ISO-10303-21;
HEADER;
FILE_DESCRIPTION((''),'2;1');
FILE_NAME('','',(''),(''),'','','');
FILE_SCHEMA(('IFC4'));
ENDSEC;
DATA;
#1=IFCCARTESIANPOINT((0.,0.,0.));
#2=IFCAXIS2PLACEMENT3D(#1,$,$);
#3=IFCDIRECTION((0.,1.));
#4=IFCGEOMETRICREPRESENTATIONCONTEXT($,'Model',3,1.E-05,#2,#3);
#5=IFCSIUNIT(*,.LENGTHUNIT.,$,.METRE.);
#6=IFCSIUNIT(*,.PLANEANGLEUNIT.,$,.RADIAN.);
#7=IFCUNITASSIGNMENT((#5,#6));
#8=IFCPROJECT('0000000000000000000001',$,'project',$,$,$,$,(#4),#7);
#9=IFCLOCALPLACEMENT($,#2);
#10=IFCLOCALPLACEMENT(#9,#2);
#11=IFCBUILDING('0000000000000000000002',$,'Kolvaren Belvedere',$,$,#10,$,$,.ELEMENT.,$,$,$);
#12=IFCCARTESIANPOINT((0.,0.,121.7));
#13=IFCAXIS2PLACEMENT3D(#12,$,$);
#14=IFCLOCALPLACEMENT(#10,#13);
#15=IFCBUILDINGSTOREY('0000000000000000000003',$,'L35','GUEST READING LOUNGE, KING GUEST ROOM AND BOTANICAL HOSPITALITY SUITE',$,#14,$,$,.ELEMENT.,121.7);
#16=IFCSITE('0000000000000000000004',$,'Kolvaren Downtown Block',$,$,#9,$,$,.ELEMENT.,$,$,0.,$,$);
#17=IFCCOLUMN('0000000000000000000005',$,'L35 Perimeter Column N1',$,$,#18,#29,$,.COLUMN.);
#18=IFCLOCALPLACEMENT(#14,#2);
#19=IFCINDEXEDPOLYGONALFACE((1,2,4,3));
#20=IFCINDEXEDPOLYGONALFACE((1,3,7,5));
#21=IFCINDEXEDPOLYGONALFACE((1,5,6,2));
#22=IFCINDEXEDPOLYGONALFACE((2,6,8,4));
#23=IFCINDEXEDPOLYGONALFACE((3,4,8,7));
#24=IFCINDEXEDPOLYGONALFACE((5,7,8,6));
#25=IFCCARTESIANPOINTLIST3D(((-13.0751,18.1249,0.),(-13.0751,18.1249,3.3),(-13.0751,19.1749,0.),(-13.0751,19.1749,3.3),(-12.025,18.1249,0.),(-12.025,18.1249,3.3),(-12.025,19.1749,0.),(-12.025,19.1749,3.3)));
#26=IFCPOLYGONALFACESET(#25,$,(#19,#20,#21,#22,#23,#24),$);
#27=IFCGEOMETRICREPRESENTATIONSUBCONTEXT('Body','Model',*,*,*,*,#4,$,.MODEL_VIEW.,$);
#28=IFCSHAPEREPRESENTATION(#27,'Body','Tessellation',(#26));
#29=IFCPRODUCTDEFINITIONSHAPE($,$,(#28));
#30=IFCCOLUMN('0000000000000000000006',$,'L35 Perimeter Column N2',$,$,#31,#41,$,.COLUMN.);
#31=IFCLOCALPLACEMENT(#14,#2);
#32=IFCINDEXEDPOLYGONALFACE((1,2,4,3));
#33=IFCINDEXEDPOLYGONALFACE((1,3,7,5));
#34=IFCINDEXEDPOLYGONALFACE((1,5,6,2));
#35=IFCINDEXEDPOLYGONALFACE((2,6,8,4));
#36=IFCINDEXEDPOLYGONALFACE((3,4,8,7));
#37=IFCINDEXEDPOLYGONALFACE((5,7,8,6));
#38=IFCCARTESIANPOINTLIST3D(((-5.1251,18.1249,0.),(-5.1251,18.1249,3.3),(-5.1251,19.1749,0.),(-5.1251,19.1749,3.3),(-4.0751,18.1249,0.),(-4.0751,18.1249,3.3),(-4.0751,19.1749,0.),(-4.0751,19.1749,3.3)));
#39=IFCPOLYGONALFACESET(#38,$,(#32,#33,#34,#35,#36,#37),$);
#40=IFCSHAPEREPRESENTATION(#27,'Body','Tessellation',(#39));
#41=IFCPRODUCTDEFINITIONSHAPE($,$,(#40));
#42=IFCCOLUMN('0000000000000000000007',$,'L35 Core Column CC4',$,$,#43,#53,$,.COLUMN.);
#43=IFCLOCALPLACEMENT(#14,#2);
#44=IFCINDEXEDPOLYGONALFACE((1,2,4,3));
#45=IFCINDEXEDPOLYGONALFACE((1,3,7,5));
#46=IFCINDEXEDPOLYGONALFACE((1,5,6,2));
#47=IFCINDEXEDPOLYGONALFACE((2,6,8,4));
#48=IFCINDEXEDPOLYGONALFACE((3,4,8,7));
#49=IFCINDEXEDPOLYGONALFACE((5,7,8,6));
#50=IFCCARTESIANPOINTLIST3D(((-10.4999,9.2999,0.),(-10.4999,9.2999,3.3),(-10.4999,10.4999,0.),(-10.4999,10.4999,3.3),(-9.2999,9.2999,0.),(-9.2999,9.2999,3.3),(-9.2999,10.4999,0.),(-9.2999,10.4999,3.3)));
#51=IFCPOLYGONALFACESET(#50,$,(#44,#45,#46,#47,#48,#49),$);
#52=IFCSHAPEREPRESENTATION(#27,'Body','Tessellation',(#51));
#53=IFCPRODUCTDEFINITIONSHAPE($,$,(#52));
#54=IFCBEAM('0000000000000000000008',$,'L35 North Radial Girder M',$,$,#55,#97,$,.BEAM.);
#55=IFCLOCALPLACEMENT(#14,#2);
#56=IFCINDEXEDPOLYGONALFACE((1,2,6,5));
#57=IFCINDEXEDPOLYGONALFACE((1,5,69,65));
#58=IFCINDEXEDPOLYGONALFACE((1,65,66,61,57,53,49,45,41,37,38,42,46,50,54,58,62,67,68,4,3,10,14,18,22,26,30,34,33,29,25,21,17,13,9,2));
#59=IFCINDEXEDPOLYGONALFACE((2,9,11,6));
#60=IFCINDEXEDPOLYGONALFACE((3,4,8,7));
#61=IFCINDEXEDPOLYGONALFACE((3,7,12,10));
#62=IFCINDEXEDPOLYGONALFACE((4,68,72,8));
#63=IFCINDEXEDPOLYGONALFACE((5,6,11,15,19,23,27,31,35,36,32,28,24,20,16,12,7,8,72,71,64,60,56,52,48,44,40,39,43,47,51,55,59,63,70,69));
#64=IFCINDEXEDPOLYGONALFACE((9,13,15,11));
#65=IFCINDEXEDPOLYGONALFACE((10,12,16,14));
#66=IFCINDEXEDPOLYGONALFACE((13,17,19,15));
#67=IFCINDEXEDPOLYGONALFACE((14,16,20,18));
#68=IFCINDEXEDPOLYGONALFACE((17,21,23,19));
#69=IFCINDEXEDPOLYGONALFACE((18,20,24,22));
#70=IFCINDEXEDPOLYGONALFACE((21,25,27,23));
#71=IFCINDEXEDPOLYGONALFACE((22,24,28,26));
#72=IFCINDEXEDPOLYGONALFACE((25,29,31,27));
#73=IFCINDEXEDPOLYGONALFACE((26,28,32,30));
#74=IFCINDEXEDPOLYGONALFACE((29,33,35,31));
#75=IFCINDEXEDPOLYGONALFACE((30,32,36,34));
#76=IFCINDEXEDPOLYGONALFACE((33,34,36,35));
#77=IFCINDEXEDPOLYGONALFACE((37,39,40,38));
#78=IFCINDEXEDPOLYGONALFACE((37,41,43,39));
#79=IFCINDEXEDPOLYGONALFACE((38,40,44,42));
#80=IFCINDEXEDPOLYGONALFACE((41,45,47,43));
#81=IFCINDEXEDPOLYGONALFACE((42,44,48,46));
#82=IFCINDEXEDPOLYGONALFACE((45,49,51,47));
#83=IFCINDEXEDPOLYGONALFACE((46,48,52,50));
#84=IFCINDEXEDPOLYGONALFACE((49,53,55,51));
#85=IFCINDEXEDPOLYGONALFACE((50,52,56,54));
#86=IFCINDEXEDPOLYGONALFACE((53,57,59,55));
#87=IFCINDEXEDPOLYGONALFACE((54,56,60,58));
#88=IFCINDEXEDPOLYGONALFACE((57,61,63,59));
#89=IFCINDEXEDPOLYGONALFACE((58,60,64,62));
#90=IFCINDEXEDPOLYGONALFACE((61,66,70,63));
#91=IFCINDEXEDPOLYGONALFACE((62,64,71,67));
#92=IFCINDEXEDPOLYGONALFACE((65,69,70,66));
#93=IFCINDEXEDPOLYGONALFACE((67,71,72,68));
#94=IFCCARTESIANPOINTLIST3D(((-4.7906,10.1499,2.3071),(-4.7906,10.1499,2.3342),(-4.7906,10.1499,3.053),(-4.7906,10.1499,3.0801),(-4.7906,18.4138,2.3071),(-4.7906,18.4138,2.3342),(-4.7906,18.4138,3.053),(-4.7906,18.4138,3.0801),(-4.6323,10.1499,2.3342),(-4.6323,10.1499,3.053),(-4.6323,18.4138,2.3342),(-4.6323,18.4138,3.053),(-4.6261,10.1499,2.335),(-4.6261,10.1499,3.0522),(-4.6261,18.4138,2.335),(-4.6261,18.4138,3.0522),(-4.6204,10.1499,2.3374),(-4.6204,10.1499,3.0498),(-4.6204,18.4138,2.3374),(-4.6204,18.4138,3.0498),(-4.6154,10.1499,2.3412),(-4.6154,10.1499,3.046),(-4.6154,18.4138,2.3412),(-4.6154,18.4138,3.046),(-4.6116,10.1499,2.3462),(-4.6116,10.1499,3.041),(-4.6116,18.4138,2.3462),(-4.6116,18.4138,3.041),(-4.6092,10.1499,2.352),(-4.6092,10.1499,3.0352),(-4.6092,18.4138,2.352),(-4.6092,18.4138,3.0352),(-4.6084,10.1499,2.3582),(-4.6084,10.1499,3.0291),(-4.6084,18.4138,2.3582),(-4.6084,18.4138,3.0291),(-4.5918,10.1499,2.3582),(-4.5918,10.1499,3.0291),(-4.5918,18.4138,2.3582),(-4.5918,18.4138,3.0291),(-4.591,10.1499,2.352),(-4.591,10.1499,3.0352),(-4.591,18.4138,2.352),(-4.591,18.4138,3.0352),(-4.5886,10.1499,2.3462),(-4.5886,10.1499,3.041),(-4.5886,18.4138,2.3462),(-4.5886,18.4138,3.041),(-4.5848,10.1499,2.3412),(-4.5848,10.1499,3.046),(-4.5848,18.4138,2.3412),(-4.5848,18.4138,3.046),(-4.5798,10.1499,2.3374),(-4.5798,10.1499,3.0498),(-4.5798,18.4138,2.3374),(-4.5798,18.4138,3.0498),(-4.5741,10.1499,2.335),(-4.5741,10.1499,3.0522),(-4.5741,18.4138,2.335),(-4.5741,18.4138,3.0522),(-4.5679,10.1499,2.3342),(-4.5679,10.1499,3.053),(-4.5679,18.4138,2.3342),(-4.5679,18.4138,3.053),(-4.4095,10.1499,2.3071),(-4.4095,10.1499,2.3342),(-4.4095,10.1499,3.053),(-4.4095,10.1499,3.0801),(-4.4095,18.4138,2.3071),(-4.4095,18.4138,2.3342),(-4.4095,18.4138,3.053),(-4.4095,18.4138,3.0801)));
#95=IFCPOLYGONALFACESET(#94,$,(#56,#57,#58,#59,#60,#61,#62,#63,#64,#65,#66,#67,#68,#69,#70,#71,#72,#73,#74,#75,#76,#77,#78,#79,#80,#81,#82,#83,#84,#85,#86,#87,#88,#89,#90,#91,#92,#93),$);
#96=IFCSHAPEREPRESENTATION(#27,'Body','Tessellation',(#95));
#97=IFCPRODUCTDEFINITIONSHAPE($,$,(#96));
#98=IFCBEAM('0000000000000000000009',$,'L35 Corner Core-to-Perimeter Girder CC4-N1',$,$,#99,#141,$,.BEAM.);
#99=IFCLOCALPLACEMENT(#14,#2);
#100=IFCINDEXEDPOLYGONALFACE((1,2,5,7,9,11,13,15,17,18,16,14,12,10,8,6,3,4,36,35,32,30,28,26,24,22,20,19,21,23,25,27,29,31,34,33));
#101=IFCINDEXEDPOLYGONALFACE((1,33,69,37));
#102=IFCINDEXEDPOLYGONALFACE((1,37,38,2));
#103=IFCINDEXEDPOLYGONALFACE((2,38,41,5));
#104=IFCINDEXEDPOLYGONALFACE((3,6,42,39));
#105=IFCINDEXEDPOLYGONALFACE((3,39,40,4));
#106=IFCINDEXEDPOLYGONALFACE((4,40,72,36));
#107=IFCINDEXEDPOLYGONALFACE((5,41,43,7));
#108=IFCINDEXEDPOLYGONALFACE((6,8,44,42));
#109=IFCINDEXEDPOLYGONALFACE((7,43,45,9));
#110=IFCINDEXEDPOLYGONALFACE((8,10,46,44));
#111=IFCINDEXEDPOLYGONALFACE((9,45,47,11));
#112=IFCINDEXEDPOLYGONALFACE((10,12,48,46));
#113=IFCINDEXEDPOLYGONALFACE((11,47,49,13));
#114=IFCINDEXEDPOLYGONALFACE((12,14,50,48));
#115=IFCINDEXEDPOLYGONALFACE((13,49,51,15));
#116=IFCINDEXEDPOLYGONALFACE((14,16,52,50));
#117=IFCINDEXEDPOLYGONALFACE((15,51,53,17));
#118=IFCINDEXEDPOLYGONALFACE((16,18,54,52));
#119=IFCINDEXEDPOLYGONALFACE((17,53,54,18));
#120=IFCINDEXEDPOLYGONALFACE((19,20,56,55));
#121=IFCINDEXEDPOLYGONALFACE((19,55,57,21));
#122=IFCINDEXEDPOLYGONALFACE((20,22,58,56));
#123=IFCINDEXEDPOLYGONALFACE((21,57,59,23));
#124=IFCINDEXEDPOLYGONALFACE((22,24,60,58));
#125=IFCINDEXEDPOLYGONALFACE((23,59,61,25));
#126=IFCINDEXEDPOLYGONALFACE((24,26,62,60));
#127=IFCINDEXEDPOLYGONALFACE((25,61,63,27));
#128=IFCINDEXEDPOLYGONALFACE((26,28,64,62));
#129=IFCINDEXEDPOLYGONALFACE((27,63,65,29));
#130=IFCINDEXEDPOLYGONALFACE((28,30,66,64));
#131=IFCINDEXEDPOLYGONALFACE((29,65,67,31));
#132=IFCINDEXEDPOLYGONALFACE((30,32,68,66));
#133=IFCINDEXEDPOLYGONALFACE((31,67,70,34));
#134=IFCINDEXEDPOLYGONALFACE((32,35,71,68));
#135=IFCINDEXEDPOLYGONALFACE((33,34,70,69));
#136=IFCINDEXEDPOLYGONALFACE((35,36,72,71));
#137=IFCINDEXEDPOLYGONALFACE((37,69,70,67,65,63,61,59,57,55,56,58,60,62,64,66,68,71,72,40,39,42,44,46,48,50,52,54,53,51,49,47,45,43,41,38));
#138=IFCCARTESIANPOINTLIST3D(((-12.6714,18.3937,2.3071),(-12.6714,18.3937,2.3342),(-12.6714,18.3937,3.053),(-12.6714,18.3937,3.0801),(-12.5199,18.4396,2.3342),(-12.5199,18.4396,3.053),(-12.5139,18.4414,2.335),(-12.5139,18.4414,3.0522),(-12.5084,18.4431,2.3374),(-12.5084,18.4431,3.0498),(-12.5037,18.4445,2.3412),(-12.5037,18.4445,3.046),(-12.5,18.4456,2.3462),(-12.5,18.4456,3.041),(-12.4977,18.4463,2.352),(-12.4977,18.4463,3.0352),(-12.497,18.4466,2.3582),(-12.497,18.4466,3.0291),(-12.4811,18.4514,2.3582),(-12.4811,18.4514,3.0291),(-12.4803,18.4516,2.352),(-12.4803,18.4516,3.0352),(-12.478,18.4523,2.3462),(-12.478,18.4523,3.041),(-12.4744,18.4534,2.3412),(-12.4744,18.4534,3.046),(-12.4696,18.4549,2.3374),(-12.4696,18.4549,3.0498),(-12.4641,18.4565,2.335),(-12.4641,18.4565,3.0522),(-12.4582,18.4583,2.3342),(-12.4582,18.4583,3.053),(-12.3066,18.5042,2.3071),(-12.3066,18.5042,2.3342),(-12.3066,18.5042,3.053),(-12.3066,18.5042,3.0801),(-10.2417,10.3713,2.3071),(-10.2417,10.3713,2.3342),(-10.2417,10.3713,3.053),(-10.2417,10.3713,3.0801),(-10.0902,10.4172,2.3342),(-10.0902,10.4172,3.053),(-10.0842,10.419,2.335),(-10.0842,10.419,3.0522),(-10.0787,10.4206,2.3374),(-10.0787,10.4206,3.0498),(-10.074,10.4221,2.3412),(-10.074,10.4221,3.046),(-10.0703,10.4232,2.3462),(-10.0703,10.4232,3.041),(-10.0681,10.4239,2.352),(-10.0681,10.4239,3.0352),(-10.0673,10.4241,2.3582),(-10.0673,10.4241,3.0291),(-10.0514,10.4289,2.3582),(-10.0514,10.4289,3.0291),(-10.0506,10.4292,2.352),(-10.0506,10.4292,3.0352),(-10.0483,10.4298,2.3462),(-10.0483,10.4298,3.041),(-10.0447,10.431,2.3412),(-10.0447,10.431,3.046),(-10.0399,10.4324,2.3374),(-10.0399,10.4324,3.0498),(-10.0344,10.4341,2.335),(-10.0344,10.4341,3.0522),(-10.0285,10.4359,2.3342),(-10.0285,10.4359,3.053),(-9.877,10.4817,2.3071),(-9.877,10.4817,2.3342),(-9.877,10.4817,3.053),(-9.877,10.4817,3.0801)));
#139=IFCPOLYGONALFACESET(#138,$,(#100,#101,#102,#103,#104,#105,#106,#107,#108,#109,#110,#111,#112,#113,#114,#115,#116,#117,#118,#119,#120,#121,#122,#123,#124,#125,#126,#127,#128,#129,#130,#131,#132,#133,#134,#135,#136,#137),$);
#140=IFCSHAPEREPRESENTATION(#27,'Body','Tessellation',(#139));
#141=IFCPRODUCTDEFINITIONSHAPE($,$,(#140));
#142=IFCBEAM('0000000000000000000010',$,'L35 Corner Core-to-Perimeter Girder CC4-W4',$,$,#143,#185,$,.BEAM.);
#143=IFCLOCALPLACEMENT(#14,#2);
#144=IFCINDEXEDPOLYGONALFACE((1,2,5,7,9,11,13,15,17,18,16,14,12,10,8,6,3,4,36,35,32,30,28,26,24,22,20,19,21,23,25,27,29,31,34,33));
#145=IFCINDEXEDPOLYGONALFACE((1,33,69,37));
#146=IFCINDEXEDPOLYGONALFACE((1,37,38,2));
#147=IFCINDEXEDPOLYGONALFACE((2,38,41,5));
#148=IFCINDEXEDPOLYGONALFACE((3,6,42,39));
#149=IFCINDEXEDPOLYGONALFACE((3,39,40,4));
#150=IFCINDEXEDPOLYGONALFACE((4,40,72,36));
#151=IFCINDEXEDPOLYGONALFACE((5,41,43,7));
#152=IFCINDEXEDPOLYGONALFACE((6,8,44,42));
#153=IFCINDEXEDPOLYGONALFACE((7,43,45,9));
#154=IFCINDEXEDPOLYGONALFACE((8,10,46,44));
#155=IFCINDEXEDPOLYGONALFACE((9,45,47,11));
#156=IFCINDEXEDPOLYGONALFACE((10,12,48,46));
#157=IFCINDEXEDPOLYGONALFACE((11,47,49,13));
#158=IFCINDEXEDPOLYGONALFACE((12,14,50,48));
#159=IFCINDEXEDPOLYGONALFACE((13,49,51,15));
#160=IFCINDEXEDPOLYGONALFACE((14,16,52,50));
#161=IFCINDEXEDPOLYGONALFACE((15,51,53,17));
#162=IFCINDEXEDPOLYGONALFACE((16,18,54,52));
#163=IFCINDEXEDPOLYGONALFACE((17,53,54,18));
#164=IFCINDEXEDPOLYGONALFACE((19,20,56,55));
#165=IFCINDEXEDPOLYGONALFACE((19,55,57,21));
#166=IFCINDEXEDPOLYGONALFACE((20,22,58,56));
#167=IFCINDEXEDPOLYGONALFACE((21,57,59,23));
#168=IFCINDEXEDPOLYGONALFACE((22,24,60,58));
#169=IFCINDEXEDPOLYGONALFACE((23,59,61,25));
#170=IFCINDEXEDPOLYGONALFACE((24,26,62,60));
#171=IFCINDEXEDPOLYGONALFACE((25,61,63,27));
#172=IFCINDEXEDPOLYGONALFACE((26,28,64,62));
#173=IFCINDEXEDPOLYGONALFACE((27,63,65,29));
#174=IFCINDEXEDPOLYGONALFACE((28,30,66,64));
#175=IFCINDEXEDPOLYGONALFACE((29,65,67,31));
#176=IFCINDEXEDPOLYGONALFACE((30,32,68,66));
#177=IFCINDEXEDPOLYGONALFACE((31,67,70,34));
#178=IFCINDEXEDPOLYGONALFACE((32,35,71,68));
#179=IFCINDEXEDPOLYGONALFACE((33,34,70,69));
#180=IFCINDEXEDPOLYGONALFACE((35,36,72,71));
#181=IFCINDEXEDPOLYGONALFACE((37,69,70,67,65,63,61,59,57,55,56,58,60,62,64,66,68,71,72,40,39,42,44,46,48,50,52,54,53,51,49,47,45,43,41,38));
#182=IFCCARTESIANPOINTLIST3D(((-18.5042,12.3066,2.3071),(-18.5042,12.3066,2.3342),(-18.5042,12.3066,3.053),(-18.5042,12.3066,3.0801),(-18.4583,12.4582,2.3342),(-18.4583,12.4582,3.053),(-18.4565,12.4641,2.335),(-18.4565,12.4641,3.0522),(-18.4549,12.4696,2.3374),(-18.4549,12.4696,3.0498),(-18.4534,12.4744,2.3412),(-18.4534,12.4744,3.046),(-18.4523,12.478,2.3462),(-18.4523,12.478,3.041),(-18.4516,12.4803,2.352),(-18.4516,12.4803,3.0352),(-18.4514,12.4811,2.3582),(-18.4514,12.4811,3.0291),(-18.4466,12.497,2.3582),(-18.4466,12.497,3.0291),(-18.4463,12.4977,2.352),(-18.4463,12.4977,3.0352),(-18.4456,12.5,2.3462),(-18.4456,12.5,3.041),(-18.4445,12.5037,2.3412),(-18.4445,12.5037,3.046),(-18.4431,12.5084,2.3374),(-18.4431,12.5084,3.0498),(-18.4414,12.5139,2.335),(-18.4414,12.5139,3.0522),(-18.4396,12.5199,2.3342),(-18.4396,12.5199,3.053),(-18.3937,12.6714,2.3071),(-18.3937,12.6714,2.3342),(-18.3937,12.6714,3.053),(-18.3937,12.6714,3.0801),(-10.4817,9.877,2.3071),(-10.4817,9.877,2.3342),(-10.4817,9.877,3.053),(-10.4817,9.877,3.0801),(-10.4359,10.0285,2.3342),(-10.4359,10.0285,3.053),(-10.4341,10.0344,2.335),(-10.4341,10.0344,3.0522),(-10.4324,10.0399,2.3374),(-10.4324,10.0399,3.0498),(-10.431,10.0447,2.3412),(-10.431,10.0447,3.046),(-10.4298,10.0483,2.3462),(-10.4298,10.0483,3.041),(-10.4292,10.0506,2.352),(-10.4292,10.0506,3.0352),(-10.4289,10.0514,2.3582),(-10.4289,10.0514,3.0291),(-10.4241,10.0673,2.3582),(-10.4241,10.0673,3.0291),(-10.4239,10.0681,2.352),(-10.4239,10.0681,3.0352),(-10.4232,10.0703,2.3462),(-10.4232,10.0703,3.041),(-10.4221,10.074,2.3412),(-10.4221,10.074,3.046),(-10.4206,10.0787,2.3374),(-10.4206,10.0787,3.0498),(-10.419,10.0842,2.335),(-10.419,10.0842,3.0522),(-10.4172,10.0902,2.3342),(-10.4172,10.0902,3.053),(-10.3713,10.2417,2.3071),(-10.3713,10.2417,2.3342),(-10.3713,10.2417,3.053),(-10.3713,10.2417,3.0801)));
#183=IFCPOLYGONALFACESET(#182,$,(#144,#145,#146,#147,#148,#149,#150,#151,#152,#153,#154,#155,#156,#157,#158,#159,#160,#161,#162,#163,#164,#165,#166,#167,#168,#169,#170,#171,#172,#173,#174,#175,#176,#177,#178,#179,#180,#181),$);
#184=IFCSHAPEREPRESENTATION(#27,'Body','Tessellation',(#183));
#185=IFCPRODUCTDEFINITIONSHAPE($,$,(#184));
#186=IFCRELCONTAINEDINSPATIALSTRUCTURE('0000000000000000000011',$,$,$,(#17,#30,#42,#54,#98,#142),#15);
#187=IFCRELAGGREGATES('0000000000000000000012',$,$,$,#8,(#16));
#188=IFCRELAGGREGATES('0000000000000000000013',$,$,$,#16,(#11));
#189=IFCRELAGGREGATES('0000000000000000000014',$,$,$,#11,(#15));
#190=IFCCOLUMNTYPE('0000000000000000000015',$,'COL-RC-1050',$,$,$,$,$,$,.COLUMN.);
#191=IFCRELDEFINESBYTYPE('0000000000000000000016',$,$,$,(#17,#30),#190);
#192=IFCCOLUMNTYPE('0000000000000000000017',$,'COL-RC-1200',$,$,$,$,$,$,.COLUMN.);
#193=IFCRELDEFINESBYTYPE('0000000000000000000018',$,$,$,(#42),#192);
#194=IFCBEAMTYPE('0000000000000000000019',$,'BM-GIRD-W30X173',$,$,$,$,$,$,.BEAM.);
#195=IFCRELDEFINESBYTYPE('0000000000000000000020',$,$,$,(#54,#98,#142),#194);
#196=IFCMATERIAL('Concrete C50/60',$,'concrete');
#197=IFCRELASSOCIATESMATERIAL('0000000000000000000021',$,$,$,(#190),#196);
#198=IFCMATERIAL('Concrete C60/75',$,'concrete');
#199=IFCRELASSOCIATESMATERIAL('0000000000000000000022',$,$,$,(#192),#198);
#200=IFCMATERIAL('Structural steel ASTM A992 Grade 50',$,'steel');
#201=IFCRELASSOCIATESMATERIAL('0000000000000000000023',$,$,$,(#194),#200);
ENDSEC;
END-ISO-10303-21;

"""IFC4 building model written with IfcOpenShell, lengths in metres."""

from ifc_helpers import new_model, si_unit, direction, frame, origin, origin_2d, place, context, subcontext, project, spatial, rectangle, i_section, extrude, material, material_profile, profile_set, type_object, element, save


model = new_model("IFC4")

# Units and contexts
model_context = context("Model", 3, precision=1e-05, world=origin(), true_north=direction((0.0, 1.0)))
body_context = subcontext(model_context, "Body", "Model", "MODEL_VIEW")
ifc_project = project(units=[si_unit("LENGTHUNIT", "METRE"), si_unit("PLANEANGLEUNIT", "RADIAN")], contexts=[model_context])

# Site, building, storey
site_placement = place(None, origin())
site = spatial("IfcSite", under=ifc_project, at=site_placement, Name="Kolvaren Downtown Block", CompositionType="ELEMENT", RefElevation=0.0)
building_placement = place(site_placement, origin())
building = spatial("IfcBuilding", under=site, at=building_placement, Name="Kolvaren Belvedere", CompositionType="ELEMENT")
storey_placement = place(building_placement, frame((0.0, 0.0, 121.7)))
storey = spatial("IfcBuildingStorey", under=building, at=storey_placement, Name="L35", Description="GUEST READING LOUNGE, KING GUEST ROOM AND BOTANICAL HOSPITALITY SUITE", CompositionType="ELEMENT", Elevation=121.7)

# Columns
ifc_material_1 = material(Name="Concrete C50/60", Category="concrete")
ifc_material_profile_1 = material_profile(ifc_material_1, rectangle(XDim=1.05, YDim=1.05, at=origin_2d()), Name="RC 1050X1050")
ifc_profile_set_1 = profile_set([ifc_material_profile_1], Name="Concrete C50/60")
column_type_1 = type_object("IfcColumnType", Name="COL-RC-1050", PredefinedType="COLUMN", material=ifc_profile_set_1)
for number, where, z_axis, x_axis, name in (
    (1, (-12.55, 18.6499, 0.0), (0.0, 0.0, 1.0), (1.0, 0.0, 0.0), "L35 Perimeter Column N1"),
    (2, (-4.6001, 18.6499, 0.0), (0.0, 0.0, 1.0), (1.0, 0.0, 0.0), "L35 Perimeter Column N2"),
):
    element("IfcColumn", number, at=place(storey_placement, frame(where, z_axis=z_axis, x_axis=x_axis)), inside=storey, type_object=column_type_1, Name=name, PredefinedType="COLUMN", context=body_context, shape_type="SweptSolid", body=[
        extrude(rectangle(XDim=1.05, YDim=1.05, at=origin_2d()), origin(), (0.0, 0.0, 1.0), 3.3),
    ])
ifc_material_2 = material(Name="Concrete C60/75", Category="concrete")
ifc_material_profile_2 = material_profile(ifc_material_2, rectangle(XDim=1.2, YDim=1.2, at=origin_2d()), Name="RC 1200X1200")
ifc_profile_set_2 = profile_set([ifc_material_profile_2], Name="Concrete C60/75")
column_type_2 = type_object("IfcColumnType", Name="COL-RC-1200", PredefinedType="COLUMN", material=ifc_profile_set_2)
column_placement = place(storey_placement, frame((-9.8999, 9.8999, 0.0), z_axis=(0.0, 0.0, 1.0), x_axis=(1.0, 0.0, 0.0)))
element("IfcColumn", 3, at=column_placement, inside=storey, type_object=column_type_2, Name="L35 Core Column CC4", PredefinedType="COLUMN", context=body_context, shape_type="SweptSolid", body=[
    extrude(rectangle(XDim=1.2, YDim=1.2, at=origin_2d()), origin(), (0.0, 0.0, 1.0), 3.3),
])

# Beams
ifc_material_3 = material(Name="Structural steel ASTM A992 Grade 50", Category="steel")
ifc_material_profile_3 = material_profile(ifc_material_3, i_section(OverallWidth=0.3811, OverallDepth=0.7729, WebThickness=0.0166, FlangeThickness=0.0271, FilletRadius=0.0239, at=origin_2d()), Name="W30X173")
ifc_profile_set_3 = profile_set([ifc_material_profile_3], Name="Structural steel ASTM A992 Grade 50")
beam_type_1 = type_object("IfcBeamType", Name="BM-GIRD-W30X173", PredefinedType="BEAM", material=ifc_profile_set_3)
beam_1_placement = place(storey_placement, frame((-4.6001, 10.1499, 2.6936), z_axis=(0.0, 1.0, 0.0), x_axis=(-1.0, 0.0, 0.0)))
element("IfcBeam", 4, at=beam_1_placement, inside=storey, type_object=beam_type_1, Name="L35 North Radial Girder M", PredefinedType="BEAM", context=body_context, shape_type="SweptSolid", body=[
    extrude(i_section(OverallWidth=0.3811, OverallDepth=0.7729, WebThickness=0.0166, FlangeThickness=0.0271, FilletRadius=0.0239, at=origin_2d()), origin(), (0.0, 0.0, 1.0), 8.2639),
])
for number, where, z_axis, x_axis, name in (
    (5, (-10.0593, 10.4265, 2.6936), (-0.289859, 0.957069, 0.0), (-0.957069, -0.289859, 0.0), "L35 Corner Core-to-Perimeter Girder CC4-N1"),
    (6, (-10.4265, 10.0593, 2.6936), (-0.957069, 0.289859, 0.0), (-0.289859, -0.957069, 0.0), "L35 Corner Core-to-Perimeter Girder CC4-W4"),
):
    element("IfcBeam", number, at=place(storey_placement, frame(where, z_axis=z_axis, x_axis=x_axis)), inside=storey, type_object=beam_type_1, Name=name, PredefinedType="BEAM", context=body_context, shape_type="SweptSolid", body=[
        extrude(i_section(OverallWidth=0.3811, OverallDepth=0.7729, WebThickness=0.0166, FlangeThickness=0.0271, FilletRadius=0.0239, at=origin_2d()), origin(), (0.0, 0.0, 1.0), 8.3823),
    ])

save(model, "model.ifc")
